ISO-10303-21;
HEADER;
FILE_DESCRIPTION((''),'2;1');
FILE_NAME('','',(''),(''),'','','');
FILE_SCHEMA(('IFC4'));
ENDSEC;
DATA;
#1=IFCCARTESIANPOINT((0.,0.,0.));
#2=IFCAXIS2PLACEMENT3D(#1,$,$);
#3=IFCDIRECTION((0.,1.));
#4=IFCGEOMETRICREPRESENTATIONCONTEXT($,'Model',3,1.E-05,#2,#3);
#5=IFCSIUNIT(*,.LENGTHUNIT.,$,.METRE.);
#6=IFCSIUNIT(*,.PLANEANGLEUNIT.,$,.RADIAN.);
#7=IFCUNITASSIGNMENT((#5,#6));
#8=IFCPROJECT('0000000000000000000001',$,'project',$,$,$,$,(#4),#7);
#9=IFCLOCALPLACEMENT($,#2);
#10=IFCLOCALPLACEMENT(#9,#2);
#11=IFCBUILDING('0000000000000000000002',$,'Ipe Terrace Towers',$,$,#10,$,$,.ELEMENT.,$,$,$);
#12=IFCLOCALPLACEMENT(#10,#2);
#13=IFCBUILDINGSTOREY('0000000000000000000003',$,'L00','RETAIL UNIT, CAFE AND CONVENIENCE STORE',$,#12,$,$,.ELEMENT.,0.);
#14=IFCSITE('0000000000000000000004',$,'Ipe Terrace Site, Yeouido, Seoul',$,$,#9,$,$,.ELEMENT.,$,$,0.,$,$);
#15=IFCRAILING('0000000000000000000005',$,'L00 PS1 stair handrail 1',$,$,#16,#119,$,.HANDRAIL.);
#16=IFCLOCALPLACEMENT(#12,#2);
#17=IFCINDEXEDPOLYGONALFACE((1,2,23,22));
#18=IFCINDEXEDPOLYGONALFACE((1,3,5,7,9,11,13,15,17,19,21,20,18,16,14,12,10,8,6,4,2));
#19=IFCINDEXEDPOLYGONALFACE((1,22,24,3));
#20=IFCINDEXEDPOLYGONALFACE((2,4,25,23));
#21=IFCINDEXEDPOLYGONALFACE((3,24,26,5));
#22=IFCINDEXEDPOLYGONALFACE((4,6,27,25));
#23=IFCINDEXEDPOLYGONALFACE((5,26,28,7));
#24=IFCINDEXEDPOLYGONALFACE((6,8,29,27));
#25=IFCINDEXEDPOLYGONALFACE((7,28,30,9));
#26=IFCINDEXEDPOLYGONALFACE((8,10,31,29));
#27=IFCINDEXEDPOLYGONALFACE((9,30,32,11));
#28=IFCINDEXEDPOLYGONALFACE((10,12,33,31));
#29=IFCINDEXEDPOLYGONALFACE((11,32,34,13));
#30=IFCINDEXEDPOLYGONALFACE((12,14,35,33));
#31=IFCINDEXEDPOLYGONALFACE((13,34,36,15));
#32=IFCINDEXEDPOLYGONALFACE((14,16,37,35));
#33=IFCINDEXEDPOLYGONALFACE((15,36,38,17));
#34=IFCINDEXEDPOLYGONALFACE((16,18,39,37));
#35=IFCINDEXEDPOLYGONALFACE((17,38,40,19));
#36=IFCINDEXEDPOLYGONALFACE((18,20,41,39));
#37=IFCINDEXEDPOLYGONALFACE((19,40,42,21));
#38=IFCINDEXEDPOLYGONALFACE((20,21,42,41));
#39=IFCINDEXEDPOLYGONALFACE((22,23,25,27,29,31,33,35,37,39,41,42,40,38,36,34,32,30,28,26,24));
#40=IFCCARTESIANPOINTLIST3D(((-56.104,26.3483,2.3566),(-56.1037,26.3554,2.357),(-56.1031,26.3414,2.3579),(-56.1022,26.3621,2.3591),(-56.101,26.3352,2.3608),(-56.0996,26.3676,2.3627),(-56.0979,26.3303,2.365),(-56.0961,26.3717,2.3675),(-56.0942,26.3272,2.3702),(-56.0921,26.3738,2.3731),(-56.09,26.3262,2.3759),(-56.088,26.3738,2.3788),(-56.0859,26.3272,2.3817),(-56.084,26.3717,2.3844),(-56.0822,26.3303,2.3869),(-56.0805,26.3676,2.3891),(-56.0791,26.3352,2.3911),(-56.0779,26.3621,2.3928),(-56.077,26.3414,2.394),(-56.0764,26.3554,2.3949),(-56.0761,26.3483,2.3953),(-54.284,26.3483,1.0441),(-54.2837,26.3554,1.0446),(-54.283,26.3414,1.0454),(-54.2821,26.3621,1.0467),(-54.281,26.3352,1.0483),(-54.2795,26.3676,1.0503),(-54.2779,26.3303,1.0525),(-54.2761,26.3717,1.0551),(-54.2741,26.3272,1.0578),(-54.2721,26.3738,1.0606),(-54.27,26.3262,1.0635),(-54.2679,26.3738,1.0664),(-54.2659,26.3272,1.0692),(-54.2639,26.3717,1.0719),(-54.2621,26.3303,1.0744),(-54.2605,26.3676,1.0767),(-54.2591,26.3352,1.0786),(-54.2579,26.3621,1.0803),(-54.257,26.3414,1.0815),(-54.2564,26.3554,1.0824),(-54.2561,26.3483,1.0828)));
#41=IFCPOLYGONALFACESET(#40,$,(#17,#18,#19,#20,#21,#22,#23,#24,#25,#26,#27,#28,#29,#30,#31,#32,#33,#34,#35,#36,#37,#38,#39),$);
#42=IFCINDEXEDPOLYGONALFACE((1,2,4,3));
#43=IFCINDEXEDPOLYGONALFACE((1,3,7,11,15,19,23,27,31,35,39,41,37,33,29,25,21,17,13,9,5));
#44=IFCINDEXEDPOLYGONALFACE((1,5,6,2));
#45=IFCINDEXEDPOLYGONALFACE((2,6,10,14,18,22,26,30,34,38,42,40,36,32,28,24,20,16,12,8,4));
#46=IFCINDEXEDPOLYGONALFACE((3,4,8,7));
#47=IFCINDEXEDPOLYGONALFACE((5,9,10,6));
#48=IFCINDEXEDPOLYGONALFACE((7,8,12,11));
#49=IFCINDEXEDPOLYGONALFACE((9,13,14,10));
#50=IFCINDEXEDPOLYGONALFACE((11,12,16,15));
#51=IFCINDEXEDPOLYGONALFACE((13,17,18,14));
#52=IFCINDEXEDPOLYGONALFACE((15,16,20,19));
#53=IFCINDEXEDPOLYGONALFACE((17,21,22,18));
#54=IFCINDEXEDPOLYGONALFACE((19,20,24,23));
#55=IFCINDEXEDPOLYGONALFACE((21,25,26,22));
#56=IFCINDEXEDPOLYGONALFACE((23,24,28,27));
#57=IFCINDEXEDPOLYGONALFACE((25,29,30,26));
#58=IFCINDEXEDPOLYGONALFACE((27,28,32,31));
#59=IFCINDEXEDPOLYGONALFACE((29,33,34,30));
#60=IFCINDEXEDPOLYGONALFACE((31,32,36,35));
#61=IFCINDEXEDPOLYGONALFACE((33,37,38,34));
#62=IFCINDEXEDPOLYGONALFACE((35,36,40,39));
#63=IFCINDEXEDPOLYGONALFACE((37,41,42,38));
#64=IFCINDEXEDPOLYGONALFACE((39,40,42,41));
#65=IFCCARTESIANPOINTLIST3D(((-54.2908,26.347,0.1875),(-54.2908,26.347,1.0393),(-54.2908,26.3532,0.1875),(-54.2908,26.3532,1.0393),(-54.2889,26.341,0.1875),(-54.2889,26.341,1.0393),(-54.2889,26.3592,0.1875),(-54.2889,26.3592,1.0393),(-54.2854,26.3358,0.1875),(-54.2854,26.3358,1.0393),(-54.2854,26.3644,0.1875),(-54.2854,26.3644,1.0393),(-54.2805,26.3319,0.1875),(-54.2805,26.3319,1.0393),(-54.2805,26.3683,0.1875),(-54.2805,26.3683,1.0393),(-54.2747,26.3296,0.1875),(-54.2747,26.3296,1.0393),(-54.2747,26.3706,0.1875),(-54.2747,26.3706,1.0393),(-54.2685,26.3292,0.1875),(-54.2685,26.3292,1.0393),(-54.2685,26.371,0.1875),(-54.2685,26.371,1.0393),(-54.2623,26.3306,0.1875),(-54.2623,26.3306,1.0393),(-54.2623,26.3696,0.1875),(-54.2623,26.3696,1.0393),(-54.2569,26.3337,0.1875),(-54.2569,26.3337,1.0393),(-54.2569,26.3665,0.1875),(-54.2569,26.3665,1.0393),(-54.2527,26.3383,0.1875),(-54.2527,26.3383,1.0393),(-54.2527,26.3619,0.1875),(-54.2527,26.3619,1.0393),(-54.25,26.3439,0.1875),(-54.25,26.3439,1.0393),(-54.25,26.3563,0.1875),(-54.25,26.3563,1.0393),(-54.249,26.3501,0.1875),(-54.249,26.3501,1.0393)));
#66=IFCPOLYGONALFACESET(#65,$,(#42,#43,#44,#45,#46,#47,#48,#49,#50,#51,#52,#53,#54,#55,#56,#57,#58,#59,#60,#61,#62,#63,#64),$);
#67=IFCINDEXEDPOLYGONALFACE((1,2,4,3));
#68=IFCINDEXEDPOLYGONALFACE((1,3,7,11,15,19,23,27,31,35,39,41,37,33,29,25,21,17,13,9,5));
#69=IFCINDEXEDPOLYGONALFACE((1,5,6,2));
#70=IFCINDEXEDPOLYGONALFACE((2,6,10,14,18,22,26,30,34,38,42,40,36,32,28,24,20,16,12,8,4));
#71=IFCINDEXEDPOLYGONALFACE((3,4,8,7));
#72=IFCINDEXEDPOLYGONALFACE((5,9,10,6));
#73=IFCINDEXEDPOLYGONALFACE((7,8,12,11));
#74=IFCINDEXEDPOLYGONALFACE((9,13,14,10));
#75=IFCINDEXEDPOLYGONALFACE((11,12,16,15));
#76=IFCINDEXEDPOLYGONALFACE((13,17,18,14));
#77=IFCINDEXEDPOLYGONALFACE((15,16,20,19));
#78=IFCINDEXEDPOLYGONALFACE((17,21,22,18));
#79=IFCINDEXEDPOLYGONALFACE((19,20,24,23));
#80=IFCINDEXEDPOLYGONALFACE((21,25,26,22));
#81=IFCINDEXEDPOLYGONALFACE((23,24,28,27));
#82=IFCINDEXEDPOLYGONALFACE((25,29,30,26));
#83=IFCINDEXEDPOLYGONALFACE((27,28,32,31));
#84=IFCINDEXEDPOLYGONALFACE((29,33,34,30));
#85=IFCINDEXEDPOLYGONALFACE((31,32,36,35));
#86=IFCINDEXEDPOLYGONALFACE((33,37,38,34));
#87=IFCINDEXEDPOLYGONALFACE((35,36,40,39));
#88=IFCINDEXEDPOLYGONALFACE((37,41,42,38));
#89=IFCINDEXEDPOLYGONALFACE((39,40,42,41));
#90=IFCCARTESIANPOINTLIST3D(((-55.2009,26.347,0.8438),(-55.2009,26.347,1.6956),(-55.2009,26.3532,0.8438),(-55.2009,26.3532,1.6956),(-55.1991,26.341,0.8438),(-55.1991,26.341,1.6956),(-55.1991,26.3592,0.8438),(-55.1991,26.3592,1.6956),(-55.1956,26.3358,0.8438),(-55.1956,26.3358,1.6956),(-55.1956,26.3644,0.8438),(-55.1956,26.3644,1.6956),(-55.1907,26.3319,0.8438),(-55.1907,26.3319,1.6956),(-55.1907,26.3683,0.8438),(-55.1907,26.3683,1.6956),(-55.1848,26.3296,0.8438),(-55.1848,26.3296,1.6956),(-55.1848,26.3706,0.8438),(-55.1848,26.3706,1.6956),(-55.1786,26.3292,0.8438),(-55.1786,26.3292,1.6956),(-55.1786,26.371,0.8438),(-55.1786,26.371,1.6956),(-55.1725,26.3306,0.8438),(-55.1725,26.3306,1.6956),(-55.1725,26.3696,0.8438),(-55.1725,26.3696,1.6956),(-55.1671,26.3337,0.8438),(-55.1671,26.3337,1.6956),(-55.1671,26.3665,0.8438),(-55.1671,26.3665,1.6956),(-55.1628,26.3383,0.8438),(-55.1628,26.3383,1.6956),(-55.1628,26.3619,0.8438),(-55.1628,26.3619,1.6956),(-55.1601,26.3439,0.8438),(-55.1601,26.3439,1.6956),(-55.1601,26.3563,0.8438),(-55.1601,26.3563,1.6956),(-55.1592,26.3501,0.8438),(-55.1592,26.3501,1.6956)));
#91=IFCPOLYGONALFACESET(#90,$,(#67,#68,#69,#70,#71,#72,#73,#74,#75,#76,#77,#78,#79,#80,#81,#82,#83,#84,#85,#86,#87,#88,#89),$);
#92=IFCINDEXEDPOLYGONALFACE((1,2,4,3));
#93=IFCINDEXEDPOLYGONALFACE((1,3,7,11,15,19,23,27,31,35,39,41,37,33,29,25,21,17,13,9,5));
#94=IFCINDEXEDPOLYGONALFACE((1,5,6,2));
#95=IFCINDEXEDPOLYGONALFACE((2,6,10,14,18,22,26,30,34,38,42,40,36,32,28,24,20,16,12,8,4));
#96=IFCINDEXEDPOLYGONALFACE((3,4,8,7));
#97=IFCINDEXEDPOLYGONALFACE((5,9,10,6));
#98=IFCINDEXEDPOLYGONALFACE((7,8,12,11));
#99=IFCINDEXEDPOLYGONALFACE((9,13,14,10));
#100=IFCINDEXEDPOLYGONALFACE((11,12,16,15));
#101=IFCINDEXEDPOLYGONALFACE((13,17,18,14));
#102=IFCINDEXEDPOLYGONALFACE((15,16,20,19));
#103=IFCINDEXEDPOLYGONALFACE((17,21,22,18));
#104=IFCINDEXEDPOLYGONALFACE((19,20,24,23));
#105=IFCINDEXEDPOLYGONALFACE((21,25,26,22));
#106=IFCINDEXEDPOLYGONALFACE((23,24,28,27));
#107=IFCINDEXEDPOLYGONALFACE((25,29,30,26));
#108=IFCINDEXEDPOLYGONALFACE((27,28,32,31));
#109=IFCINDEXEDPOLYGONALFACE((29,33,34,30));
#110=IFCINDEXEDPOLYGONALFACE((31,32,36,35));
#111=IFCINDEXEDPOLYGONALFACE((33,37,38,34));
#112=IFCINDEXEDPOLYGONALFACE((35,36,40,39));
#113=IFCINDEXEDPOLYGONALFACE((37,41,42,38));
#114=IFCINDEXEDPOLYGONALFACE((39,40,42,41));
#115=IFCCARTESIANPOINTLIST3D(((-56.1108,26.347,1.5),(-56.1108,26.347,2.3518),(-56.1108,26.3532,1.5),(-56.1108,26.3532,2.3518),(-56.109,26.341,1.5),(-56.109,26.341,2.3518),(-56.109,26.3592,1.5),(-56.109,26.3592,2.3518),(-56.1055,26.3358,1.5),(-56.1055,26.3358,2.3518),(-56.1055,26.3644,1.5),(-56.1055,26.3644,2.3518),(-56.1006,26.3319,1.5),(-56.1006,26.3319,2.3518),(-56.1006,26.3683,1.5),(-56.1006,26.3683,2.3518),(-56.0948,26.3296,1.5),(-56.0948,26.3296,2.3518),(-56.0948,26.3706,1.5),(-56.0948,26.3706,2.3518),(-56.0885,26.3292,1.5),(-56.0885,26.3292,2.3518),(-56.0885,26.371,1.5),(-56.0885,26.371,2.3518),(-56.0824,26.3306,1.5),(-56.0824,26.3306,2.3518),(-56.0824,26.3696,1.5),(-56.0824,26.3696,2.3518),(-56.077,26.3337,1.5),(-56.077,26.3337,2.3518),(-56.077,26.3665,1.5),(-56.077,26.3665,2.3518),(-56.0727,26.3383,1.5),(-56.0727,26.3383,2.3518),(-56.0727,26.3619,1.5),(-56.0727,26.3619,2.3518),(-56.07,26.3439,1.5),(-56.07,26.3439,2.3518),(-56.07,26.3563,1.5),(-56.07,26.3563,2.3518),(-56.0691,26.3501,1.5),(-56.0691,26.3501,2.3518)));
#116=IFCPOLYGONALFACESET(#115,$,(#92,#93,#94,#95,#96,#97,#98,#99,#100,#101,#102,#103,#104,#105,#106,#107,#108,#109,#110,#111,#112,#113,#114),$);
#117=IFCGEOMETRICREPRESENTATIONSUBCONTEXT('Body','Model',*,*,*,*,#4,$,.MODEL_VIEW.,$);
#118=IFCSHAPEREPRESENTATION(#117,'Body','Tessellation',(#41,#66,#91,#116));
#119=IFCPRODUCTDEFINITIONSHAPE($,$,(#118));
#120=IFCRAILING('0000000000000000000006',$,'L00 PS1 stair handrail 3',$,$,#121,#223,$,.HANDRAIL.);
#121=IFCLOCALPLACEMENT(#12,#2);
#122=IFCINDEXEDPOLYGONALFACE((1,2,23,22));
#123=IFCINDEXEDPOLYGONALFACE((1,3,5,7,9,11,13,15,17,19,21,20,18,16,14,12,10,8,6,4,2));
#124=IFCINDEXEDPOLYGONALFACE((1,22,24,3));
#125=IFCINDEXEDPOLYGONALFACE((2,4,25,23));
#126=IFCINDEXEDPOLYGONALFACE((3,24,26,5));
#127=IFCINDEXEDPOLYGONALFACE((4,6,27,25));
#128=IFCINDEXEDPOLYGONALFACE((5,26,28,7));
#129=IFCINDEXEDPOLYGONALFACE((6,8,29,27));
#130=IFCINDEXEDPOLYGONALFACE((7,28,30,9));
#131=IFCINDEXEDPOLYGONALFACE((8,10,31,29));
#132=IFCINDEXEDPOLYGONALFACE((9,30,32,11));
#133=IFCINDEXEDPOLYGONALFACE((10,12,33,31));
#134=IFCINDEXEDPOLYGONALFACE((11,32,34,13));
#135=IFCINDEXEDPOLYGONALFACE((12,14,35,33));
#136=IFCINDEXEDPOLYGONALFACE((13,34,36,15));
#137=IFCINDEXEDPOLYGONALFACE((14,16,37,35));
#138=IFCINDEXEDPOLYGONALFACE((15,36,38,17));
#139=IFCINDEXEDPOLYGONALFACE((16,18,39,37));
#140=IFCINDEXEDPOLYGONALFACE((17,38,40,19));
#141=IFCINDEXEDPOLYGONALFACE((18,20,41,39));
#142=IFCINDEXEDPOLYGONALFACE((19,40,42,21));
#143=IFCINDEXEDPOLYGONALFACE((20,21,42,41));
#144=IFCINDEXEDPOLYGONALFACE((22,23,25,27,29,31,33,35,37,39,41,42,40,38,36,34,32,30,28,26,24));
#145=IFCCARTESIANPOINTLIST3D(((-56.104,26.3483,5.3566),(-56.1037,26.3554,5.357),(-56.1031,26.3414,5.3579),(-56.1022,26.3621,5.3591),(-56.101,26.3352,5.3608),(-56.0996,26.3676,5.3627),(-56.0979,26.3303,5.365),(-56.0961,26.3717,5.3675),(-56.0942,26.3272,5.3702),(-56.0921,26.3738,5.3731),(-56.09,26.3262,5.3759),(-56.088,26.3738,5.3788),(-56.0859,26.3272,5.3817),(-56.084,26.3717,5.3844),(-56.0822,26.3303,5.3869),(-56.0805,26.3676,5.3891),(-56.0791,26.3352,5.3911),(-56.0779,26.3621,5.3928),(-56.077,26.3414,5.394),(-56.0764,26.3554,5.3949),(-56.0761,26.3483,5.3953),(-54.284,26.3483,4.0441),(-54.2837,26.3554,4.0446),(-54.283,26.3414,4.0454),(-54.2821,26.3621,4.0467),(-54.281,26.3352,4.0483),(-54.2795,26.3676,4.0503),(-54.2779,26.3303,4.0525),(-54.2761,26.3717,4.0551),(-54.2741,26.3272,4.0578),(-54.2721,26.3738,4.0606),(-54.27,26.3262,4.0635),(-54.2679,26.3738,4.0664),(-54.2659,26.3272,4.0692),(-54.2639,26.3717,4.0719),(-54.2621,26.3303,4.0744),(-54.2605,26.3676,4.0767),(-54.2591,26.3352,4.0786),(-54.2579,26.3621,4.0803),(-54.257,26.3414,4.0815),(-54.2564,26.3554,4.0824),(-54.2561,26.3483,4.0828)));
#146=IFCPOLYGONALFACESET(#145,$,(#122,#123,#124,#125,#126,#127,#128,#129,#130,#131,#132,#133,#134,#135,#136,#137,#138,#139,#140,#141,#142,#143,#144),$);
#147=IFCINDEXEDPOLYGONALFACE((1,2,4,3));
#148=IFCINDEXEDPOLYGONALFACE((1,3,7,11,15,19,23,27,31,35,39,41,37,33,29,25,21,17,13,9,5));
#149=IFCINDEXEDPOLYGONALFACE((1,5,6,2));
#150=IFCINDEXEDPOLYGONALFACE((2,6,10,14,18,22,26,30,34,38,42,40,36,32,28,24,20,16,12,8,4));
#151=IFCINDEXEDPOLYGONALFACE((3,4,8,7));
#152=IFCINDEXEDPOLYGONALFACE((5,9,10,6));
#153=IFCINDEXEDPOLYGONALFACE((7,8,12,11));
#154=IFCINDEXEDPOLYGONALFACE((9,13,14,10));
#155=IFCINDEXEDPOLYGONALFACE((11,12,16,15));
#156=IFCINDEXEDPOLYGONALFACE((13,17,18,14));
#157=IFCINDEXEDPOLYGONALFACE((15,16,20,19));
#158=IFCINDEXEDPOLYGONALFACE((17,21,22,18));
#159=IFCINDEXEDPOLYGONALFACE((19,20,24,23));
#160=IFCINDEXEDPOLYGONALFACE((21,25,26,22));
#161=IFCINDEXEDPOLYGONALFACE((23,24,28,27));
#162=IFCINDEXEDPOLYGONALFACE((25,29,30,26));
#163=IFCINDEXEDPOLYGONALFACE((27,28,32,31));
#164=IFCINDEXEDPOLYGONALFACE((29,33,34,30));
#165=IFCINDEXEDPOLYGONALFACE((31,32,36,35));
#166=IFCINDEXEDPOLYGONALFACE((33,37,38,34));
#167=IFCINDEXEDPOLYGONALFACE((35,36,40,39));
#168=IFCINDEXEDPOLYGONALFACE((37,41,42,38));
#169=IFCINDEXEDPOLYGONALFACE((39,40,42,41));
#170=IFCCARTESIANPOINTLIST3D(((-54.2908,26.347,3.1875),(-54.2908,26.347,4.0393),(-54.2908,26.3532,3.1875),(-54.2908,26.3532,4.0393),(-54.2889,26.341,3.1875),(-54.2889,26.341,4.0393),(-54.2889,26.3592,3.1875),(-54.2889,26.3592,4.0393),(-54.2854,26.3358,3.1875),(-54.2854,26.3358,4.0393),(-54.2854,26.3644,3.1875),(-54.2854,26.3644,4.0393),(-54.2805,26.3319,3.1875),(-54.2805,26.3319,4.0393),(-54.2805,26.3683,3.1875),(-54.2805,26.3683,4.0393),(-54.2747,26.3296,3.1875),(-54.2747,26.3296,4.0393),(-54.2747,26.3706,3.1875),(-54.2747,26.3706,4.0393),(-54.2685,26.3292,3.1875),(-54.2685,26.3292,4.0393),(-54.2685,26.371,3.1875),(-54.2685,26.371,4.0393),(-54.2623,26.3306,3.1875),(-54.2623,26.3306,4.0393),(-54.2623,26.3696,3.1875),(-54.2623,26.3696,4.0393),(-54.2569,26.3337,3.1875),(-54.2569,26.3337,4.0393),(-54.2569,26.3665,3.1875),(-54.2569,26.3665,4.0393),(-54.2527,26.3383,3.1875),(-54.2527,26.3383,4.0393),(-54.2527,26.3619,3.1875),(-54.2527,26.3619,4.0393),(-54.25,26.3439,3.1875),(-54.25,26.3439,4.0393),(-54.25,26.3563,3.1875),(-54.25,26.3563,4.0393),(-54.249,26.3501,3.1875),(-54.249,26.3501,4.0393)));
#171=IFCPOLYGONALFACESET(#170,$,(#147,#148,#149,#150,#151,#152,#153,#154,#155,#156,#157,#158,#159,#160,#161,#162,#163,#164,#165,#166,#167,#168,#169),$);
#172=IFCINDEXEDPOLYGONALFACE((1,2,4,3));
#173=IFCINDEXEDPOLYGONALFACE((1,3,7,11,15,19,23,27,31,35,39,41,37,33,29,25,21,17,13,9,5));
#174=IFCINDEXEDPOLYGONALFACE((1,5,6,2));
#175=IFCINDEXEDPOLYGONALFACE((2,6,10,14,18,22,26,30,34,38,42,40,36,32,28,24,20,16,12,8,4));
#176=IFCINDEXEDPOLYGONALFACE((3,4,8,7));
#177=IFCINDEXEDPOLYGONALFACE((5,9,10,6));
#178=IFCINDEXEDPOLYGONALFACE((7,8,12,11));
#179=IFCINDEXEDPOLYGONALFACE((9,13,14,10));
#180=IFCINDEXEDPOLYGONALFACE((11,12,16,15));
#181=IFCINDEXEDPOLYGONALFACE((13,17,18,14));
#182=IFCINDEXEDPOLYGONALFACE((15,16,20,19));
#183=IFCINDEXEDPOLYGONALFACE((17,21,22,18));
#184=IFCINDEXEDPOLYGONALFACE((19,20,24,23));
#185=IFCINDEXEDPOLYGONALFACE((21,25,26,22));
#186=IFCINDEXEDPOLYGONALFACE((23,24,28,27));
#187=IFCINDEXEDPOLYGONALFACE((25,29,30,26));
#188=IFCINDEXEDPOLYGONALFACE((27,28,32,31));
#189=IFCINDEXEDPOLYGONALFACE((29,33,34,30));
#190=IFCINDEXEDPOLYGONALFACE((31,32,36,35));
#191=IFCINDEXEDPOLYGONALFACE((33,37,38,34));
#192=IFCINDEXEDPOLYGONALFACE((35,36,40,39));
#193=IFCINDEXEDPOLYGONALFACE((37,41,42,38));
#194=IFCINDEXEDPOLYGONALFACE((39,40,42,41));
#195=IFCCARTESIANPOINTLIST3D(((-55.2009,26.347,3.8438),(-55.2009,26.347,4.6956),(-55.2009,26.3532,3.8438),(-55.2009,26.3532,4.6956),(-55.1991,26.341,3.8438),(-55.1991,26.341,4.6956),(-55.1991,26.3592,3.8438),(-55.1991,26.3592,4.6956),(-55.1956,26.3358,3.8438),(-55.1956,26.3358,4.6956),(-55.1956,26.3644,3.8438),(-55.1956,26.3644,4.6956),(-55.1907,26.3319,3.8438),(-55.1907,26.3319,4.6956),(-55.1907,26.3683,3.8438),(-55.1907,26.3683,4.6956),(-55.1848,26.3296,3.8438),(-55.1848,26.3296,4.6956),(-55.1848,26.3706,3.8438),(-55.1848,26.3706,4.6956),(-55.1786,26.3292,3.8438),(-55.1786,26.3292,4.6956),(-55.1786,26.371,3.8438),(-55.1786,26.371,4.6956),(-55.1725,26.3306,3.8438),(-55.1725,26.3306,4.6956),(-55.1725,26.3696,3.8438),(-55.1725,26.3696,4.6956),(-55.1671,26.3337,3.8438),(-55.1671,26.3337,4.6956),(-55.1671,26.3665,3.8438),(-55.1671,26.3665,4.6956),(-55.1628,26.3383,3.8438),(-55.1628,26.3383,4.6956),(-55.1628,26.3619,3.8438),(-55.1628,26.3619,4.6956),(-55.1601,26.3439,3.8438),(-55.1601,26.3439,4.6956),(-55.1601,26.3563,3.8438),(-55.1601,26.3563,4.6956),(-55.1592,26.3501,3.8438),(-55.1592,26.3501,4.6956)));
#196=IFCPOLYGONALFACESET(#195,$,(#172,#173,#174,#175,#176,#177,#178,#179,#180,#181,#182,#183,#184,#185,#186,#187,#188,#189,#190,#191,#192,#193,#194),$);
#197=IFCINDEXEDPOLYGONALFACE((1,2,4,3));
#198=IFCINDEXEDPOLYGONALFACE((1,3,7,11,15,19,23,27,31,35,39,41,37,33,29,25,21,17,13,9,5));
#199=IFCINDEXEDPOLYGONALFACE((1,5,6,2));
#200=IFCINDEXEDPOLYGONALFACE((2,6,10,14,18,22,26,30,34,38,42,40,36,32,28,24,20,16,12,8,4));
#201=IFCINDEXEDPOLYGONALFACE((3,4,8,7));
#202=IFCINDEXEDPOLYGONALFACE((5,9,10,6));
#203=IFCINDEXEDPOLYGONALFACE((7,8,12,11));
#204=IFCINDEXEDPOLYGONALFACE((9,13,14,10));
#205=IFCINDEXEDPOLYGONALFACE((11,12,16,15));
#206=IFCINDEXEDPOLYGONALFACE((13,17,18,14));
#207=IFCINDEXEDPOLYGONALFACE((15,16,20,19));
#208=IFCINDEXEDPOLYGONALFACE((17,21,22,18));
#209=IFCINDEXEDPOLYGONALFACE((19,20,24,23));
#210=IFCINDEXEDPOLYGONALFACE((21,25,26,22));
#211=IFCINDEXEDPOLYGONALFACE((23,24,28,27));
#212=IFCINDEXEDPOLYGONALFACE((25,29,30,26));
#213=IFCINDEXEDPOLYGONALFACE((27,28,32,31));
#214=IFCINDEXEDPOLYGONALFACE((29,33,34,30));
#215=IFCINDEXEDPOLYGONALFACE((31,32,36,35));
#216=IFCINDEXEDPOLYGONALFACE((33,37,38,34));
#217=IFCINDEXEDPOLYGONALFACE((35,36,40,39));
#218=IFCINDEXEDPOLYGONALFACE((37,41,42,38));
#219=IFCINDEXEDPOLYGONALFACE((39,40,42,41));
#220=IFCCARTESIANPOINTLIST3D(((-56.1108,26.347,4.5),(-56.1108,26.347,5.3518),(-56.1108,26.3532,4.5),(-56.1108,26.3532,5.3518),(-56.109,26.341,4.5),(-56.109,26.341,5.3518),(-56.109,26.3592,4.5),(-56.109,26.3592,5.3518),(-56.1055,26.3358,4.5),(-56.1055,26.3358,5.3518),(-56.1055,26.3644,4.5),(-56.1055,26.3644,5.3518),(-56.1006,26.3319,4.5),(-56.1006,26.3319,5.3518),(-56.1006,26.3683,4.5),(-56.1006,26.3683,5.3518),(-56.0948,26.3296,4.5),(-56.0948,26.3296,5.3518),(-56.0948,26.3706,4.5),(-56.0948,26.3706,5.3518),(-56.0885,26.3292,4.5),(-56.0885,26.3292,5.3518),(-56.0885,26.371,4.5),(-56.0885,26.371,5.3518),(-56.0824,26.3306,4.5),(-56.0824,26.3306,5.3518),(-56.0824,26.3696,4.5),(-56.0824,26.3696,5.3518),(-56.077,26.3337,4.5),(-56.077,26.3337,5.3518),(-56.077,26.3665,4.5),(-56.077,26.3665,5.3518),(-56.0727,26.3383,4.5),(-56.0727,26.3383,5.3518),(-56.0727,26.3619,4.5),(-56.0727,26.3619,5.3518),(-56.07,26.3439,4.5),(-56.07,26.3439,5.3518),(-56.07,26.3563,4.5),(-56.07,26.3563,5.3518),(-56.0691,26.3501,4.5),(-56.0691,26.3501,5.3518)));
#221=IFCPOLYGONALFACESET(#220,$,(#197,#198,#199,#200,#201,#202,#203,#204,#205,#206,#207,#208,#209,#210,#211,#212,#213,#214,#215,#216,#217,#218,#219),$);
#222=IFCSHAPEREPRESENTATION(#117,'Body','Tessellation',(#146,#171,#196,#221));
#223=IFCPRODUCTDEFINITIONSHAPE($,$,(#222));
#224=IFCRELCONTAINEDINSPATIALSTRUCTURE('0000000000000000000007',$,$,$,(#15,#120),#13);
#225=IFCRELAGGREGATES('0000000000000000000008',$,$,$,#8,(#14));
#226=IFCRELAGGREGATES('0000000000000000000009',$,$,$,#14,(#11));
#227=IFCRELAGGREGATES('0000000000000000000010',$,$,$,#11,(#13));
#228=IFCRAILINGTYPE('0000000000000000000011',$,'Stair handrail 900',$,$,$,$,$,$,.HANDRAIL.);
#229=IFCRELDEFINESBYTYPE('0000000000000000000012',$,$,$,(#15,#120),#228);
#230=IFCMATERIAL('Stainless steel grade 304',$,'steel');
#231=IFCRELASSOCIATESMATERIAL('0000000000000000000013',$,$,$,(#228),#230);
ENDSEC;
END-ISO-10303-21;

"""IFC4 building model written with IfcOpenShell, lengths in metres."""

from ifc_helpers import new_model, si_unit, direction, frame, origin, origin_2d, place, context, subcontext, project, spatial, circle, extrude, material, type_object, element, save


model = new_model("IFC4")

# Units and contexts
model_context = context("Model", 3, precision=1e-05, world=origin(), true_north=direction((0.0, 1.0)))
body_context = subcontext(model_context, "Body", "Model", "MODEL_VIEW")
ifc_project = project(units=[si_unit("LENGTHUNIT", "METRE"), si_unit("PLANEANGLEUNIT", "RADIAN")], contexts=[model_context])

# Site, building, storey
site_placement = place(None, origin())
site = spatial("IfcSite", under=ifc_project, at=site_placement, Name="Ipe Terrace Site, Yeouido, Seoul", CompositionType="ELEMENT", RefElevation=0.0)
building_placement = place(site_placement, origin())
building = spatial("IfcBuilding", under=site, at=building_placement, Name="Ipe Terrace Towers", CompositionType="ELEMENT")
storey_placement = place(building_placement, origin())
storey = spatial("IfcBuildingStorey", under=building, at=storey_placement, Name="L00", Description="RETAIL UNIT, CAFE AND CONVENIENCE STORE", CompositionType="ELEMENT", Elevation=0.0)

# Railings
ifc_material_1 = material(Name="Stainless steel grade 304", Category="steel")
railing_type_1 = type_object("IfcRailingType", Name="Stair handrail 900", PredefinedType="HANDRAIL", material=ifc_material_1)
for number, where, name in (
    (1, (-54.27, 26.3501, 0.1875), "L00 PS1 stair handrail 1"),
    (2, (-54.27, 26.3501, 3.1875), "L00 PS1 stair handrail 3"),
):
    element("IfcRailing", number, at=place(storey_placement, frame(where)), inside=storey, type_object=railing_type_1, Name=name, PredefinedType="HANDRAIL", context=body_context, shape_type="SweptSolid", body=[
        extrude(circle(Radius=0.0239, at=origin_2d()), frame((0.0, 0.0, 0.876), z_axis=(-0.811101, 0.0, 0.584906), x_axis=(0.0, -1.0, 0.0)), (0.0, 0.0, 1.0), 2.2439),
        extrude(circle(Radius=0.021, at=origin_2d()), origin(), (0.0, 0.0, 1.0), 0.8518),
        extrude(circle(Radius=0.021, at=origin_2d()), frame((-0.9102, 0.0, 0.6562)), (0.0, 0.0, 1.0), 0.8518),
        extrude(circle(Radius=0.021, at=origin_2d()), frame((-1.8201, 0.0, 1.3125)), (0.0, 0.0, 1.0), 0.8518),
    ])

save(model, "model.ifc")
